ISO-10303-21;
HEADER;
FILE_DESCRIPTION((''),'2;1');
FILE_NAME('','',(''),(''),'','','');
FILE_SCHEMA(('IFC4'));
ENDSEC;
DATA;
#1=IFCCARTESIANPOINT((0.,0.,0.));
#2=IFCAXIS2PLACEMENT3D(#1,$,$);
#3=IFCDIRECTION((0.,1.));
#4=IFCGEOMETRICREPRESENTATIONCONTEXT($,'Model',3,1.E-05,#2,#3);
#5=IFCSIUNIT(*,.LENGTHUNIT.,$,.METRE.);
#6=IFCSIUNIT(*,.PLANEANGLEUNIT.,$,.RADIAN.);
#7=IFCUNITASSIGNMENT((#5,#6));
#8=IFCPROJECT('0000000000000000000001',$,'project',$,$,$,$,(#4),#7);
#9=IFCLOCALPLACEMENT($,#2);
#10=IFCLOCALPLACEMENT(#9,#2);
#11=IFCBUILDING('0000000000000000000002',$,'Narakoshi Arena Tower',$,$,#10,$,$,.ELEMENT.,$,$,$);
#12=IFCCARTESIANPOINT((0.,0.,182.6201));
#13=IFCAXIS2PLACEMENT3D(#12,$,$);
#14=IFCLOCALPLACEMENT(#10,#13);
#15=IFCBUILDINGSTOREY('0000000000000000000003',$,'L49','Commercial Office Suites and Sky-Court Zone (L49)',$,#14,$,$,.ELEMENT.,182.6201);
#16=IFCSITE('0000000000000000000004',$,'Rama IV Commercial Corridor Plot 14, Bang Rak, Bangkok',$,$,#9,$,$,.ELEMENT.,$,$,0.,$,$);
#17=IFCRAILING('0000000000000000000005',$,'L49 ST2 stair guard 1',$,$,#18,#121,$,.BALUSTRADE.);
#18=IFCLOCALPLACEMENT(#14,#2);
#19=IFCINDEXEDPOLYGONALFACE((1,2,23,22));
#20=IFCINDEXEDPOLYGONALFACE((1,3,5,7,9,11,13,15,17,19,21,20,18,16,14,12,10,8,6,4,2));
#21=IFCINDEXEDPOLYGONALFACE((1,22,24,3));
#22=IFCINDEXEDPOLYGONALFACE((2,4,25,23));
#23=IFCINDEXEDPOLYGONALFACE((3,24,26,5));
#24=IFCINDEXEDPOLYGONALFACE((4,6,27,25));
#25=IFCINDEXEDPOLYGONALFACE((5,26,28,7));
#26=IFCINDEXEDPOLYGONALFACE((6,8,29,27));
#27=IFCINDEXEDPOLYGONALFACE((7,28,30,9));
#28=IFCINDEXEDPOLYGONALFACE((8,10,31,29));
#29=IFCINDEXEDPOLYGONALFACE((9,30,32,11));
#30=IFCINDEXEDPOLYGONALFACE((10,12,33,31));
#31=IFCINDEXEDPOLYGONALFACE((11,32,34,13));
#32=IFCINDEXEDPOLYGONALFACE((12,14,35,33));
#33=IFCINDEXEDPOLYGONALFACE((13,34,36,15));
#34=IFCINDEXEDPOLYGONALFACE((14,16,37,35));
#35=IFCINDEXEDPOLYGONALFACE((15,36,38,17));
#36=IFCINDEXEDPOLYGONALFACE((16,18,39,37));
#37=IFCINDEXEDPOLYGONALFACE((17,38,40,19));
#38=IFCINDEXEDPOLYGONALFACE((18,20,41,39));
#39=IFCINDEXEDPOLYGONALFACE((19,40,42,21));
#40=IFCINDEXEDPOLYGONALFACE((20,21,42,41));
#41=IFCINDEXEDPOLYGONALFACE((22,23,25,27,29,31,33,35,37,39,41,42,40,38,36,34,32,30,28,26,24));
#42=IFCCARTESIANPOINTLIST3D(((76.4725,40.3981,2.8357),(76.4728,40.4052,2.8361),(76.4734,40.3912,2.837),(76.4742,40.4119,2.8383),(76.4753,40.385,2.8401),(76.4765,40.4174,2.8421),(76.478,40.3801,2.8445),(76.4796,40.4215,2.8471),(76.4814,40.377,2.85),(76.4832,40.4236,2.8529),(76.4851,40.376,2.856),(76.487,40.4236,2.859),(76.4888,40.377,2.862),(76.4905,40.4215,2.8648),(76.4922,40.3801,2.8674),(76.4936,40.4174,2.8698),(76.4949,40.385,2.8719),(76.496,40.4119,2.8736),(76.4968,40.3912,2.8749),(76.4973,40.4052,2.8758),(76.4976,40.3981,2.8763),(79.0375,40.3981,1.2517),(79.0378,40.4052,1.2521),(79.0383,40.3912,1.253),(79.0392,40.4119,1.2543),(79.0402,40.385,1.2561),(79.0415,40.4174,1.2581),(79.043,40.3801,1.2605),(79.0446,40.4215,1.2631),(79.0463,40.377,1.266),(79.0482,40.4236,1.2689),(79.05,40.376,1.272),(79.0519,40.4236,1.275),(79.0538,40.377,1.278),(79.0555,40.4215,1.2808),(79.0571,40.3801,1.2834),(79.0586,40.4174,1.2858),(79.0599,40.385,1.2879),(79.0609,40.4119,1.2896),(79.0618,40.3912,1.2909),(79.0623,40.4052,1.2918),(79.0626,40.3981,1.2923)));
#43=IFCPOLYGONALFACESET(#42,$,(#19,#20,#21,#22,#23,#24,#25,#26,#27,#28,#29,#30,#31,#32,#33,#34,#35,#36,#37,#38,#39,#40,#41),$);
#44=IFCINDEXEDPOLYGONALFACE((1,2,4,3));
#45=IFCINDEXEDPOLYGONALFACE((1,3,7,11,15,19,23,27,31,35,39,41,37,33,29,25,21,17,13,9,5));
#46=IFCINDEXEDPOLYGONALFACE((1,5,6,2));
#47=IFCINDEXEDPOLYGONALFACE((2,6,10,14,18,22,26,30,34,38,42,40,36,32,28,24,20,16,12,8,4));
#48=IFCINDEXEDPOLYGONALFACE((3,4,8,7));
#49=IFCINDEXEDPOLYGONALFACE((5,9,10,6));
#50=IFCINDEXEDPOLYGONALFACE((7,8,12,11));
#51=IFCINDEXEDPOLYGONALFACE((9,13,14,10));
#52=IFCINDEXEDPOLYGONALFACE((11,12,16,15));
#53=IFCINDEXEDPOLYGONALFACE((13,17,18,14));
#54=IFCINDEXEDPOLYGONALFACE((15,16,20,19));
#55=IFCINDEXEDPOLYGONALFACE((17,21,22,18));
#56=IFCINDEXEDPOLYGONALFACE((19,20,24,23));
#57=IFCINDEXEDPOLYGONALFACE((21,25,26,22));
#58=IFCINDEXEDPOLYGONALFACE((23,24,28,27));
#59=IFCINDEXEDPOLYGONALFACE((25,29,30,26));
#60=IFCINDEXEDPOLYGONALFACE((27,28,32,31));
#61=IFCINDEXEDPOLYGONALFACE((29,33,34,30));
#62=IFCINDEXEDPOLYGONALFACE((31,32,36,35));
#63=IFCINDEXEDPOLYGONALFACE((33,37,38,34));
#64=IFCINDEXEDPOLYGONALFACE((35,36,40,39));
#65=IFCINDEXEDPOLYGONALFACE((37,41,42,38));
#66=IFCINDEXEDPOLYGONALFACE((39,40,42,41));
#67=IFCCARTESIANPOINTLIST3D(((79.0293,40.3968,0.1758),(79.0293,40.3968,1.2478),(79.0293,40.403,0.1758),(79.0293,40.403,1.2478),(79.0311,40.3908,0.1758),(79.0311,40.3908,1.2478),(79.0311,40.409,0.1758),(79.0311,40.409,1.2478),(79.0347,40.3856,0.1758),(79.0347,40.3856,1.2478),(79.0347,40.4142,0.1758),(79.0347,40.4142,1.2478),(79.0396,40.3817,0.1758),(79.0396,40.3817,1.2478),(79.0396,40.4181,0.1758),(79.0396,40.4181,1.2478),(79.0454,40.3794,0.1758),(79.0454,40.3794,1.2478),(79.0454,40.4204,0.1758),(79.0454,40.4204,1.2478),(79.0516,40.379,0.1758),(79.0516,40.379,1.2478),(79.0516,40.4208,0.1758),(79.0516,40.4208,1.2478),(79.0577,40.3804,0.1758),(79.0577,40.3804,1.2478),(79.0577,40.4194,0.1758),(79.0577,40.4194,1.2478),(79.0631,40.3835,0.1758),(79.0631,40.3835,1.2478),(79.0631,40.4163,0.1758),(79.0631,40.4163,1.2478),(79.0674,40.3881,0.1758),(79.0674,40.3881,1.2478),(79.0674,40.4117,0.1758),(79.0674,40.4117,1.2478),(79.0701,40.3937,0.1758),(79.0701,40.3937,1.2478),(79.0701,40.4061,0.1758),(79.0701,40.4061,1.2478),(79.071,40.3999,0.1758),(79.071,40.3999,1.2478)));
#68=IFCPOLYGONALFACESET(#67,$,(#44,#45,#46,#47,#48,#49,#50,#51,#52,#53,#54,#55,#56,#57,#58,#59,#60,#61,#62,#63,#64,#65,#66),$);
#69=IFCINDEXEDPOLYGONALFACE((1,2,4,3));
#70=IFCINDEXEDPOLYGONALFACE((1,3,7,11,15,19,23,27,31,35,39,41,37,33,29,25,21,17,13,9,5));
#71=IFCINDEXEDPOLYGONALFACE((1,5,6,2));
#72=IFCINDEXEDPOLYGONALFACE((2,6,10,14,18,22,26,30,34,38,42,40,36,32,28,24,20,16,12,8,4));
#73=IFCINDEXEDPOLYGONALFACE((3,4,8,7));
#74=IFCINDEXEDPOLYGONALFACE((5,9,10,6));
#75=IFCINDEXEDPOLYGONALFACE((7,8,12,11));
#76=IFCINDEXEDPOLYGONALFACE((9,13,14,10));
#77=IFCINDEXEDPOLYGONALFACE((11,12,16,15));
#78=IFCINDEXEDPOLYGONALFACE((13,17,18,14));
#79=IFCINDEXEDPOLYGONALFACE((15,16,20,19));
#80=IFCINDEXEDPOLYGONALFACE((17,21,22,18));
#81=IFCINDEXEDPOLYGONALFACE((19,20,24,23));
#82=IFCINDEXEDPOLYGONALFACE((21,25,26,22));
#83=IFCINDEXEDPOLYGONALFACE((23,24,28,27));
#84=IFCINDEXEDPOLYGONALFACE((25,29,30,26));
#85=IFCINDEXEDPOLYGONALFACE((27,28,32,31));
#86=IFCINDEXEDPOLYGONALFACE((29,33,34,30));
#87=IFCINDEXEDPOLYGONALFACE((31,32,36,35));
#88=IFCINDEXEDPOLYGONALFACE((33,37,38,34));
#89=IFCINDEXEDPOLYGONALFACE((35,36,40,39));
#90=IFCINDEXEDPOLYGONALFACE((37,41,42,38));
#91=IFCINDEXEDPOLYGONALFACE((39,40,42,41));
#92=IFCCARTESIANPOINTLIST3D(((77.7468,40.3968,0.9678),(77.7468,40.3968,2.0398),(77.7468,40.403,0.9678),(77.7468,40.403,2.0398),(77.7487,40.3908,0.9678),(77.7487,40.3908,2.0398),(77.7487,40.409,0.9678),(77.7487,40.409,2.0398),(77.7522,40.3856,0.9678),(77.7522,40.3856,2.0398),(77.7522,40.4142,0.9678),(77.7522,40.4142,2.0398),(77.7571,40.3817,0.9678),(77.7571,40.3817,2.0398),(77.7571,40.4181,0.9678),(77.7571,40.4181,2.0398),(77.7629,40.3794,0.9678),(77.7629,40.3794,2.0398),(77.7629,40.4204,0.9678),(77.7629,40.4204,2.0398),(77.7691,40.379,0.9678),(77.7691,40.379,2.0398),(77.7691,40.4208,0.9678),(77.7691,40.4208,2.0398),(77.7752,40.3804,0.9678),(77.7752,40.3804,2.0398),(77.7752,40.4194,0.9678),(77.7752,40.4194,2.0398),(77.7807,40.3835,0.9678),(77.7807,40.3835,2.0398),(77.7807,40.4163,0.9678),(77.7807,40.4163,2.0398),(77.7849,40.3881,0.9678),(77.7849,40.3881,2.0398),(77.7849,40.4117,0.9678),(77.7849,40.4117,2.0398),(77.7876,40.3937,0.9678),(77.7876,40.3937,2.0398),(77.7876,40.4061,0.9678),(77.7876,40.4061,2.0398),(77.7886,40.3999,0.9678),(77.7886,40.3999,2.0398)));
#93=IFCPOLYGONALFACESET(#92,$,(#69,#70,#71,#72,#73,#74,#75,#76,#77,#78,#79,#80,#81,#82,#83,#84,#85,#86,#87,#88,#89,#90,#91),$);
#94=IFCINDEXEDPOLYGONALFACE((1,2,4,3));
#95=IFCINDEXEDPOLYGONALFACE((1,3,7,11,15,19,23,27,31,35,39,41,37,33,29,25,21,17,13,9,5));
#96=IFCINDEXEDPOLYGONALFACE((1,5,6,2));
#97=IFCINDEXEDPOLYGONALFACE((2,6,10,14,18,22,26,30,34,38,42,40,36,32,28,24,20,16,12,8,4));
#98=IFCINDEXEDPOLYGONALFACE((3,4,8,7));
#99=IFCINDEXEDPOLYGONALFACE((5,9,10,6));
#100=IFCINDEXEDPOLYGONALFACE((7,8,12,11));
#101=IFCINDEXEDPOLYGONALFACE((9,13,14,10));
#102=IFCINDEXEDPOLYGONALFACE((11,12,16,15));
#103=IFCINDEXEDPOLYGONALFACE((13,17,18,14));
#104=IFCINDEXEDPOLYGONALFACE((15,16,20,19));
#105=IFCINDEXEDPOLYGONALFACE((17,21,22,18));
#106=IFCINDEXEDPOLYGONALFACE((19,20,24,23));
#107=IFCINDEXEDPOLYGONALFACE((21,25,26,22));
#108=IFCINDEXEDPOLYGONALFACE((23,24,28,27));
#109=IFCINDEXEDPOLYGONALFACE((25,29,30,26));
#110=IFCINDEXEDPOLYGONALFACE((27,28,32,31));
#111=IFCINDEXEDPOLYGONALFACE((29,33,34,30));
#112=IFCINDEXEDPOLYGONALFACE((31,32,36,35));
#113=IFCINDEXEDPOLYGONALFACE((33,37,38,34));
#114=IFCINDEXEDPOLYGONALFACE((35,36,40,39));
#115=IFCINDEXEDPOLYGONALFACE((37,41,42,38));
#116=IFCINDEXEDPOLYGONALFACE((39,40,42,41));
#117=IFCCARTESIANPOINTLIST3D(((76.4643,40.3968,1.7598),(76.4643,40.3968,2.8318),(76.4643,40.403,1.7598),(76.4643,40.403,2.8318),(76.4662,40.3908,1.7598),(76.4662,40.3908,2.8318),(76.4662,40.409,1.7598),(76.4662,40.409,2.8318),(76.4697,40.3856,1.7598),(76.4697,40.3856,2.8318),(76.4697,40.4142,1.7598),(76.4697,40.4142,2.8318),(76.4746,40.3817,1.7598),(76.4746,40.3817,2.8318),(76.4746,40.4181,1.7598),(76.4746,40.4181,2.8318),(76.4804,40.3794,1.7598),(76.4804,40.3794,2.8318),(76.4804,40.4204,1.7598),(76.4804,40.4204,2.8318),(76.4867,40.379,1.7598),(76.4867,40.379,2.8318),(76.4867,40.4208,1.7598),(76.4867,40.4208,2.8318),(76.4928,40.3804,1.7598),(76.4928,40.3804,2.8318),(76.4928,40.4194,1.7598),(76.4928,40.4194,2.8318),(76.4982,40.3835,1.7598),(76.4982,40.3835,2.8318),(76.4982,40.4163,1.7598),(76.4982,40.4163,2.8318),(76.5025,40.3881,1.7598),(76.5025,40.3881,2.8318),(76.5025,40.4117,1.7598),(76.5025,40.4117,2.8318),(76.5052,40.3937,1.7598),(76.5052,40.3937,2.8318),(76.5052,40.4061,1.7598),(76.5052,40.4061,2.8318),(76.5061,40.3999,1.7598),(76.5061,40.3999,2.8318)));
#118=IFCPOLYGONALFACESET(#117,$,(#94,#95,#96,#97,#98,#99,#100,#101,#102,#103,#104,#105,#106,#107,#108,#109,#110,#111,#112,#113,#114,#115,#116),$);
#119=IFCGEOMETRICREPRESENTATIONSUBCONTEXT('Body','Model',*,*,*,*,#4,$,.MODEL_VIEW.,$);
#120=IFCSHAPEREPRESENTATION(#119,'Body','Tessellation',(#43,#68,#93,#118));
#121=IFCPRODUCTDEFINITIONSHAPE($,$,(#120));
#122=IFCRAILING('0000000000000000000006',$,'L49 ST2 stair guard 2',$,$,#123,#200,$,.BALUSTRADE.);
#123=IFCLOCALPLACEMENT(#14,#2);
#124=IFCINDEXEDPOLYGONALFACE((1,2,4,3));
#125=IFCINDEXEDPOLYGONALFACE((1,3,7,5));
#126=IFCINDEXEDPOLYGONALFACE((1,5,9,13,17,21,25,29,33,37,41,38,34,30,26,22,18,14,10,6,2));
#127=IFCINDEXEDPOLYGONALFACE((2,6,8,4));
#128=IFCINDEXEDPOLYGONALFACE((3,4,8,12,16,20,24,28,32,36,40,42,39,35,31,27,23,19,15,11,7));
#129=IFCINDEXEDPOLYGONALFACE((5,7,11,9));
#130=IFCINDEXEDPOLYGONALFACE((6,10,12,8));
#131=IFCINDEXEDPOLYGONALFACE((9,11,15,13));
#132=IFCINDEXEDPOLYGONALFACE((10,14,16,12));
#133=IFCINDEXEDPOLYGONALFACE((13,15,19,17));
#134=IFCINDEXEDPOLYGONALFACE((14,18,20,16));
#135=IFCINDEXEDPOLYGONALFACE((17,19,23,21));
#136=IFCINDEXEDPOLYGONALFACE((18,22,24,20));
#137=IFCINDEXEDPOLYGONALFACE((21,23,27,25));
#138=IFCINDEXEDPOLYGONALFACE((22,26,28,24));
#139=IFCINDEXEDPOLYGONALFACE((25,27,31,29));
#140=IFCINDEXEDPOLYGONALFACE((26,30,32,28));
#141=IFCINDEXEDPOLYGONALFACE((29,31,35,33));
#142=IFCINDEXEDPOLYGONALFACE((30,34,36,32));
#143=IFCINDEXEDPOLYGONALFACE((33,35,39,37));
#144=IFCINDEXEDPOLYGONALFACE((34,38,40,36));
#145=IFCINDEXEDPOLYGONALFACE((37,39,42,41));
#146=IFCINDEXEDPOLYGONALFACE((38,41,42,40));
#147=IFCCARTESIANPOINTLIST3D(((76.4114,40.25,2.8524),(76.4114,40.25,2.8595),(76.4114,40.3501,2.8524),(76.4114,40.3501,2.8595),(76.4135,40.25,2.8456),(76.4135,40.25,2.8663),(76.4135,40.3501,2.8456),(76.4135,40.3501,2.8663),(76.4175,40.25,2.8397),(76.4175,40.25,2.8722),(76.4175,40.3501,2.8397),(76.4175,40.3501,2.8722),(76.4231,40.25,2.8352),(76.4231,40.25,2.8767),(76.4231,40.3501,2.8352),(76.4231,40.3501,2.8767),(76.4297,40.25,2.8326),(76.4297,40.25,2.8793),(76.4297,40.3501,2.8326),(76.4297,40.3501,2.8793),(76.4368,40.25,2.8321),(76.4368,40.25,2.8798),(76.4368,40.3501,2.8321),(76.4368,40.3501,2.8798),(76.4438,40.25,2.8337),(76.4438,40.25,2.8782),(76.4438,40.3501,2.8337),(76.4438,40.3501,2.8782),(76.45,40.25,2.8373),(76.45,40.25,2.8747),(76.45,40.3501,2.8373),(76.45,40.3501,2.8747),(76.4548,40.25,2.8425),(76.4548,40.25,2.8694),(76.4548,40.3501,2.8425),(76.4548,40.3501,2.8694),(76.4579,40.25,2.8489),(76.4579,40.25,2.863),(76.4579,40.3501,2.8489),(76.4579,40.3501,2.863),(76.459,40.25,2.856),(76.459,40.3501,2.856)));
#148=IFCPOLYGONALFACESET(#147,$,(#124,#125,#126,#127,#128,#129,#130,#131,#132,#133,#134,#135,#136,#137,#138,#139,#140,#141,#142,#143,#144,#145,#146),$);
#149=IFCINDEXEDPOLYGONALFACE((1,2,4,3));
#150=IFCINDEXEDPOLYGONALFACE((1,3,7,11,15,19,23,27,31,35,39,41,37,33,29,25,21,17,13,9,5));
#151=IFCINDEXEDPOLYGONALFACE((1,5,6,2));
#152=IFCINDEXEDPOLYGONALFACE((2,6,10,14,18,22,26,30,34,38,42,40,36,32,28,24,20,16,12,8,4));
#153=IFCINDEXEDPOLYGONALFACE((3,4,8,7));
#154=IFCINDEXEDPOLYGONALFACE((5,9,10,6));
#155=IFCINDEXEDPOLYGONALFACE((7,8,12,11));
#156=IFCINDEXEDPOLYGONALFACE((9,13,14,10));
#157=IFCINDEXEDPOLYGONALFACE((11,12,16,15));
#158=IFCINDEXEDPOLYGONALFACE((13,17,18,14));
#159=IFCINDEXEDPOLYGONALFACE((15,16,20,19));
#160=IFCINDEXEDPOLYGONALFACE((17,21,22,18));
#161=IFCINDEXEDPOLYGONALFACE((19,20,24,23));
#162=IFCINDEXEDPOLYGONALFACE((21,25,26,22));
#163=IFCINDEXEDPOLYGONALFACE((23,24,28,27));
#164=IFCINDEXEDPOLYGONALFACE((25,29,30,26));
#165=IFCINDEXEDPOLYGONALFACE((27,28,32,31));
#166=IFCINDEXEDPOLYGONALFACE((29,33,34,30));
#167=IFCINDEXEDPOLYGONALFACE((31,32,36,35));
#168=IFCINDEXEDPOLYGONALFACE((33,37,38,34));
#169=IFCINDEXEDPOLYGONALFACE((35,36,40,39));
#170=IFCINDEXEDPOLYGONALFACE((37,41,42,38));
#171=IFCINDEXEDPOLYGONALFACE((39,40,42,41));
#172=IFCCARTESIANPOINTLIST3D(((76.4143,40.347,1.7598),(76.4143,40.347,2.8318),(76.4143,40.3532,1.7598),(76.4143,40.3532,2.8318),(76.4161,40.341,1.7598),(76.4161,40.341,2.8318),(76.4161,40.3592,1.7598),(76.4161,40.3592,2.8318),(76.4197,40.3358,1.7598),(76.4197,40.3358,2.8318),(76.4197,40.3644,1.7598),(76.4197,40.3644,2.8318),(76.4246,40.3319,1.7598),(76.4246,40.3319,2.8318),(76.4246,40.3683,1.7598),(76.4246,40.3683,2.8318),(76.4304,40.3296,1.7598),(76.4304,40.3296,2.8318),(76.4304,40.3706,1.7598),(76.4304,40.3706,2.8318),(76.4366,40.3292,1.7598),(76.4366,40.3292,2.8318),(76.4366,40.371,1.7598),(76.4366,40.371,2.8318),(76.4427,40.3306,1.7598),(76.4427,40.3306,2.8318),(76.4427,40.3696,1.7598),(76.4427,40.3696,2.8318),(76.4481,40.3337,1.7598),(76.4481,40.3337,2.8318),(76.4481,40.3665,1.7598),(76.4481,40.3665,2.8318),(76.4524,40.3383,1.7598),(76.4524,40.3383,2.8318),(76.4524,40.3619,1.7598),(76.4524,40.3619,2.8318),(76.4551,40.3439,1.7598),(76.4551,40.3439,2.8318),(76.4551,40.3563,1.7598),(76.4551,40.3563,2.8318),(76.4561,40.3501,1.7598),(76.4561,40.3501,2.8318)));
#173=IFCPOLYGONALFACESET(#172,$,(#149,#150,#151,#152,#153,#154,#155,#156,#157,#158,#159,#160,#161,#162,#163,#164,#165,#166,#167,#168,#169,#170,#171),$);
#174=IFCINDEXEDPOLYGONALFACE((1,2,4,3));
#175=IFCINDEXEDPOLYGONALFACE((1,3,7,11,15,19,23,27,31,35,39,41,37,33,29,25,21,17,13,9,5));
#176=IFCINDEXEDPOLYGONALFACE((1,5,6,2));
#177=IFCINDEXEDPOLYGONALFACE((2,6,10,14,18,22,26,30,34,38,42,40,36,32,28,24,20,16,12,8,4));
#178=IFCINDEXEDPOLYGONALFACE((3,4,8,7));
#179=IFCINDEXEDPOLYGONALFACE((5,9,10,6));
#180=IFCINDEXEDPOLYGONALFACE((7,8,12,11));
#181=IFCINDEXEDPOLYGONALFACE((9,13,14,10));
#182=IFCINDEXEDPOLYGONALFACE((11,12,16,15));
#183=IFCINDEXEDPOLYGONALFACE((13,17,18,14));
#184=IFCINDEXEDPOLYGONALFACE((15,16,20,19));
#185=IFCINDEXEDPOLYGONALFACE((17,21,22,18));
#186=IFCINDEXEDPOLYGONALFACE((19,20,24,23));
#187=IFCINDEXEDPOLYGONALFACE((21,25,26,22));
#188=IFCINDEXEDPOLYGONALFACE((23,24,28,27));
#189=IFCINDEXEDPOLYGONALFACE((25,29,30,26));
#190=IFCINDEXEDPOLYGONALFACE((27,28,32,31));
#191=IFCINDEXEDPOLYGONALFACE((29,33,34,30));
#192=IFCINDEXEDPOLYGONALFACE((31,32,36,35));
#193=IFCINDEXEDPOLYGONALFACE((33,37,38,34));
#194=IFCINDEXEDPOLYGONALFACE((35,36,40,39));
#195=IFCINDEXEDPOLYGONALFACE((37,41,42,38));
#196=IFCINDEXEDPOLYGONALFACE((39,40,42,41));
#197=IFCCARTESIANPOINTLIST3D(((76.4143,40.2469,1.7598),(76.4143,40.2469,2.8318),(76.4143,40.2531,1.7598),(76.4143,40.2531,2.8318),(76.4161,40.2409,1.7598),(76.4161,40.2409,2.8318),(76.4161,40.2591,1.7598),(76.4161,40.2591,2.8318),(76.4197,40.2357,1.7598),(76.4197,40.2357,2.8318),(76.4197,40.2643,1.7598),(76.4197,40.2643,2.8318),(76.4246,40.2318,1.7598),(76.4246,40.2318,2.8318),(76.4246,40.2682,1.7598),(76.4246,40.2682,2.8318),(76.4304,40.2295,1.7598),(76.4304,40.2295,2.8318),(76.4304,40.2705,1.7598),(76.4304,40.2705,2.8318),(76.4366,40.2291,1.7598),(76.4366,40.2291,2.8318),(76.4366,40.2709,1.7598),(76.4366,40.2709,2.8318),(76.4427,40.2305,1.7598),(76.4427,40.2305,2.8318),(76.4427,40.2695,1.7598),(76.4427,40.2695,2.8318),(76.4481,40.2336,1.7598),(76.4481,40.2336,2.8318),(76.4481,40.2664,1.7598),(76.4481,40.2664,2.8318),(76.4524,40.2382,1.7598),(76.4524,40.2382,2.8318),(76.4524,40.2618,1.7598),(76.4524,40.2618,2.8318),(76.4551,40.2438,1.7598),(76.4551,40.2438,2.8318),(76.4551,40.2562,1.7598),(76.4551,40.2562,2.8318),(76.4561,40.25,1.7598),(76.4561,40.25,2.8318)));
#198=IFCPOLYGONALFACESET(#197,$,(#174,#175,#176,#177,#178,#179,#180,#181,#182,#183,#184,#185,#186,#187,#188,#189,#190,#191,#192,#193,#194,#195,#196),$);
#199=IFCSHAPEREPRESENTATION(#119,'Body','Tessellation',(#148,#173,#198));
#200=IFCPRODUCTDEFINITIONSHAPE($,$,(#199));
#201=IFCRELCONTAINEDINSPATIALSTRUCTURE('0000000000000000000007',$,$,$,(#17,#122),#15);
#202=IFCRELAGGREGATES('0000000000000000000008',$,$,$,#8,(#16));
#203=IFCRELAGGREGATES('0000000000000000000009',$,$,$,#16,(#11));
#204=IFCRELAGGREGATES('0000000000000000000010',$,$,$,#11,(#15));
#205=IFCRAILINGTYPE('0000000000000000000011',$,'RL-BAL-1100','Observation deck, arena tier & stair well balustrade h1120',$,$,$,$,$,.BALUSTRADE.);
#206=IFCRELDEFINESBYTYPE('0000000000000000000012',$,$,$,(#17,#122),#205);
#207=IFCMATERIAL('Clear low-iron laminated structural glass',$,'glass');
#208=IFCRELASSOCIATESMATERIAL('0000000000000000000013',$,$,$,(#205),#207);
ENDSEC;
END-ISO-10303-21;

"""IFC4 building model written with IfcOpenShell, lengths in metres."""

from ifc_helpers import new_model, si_unit, direction, frame, origin, origin_2d, place, context, subcontext, project, spatial, circle, extrude, material, type_object, element, save


model = new_model("IFC4")

# Units and contexts
model_context = context("Model", 3, precision=1e-05, world=origin(), true_north=direction((0.0, 1.0)))
body_context = subcontext(model_context, "Body", "Model", "MODEL_VIEW")
ifc_project = project(units=[si_unit("LENGTHUNIT", "METRE"), si_unit("PLANEANGLEUNIT", "RADIAN")], contexts=[model_context])

# Site, building, storey
site_placement = place(None, origin())
site = spatial("IfcSite", under=ifc_project, at=site_placement, Name="Rama IV Commercial Corridor Plot 14, Bang Rak, Bangkok", CompositionType="ELEMENT", RefElevation=0.0)
building_placement = place(site_placement, origin())
building = spatial("IfcBuilding", under=site, at=building_placement, Name="Narakoshi Arena Tower", CompositionType="ELEMENT")
storey_placement = place(building_placement, frame((0.0, 0.0, 182.6201)))
storey = spatial("IfcBuildingStorey", under=building, at=storey_placement, Name="L49", Description="Commercial Office Suites and Sky-Court Zone (L49)", CompositionType="ELEMENT", Elevation=182.6201)

# Railings
ifc_material_1 = material(Name="Clear low-iron laminated structural glass", Category="glass")
railing_type_1 = type_object("IfcRailingType", Name="RL-BAL-1100", Description="Observation deck, arena tier & stair well balustrade h1120", PredefinedType="BALUSTRADE", material=ifc_material_1)
railing_1_placement = place(storey_placement, frame((79.05, 40.3999, 0.1758)))
element("IfcRailing", 1, at=railing_1_placement, inside=storey, type_object=railing_type_1, Name="L49 ST2 stair guard 1", PredefinedType="BALUSTRADE", context=body_context, shape_type="SweptSolid", body=[
    extrude(circle(Radius=0.0239, at=origin_2d()), frame((0.0, 0.0, 1.0962), z_axis=(-0.850834, 0.0, 0.525434), x_axis=(0.0, -1.0, 0.0)), (0.0, 0.0, 1.0), 3.0146),
    extrude(circle(Radius=0.021, at=origin_2d()), origin(), (0.0, 0.0, 1.0), 1.072),
    extrude(circle(Radius=0.021, at=origin_2d()), frame((-1.2825, 0.0, 0.792)), (0.0, 0.0, 1.0), 1.072),
    extrude(circle(Radius=0.021, at=origin_2d()), frame((-2.5649, 0.0, 1.584)), (0.0, 0.0, 1.0), 1.072),
])
railing_2_placement = place(storey_placement, frame((76.4351, 40.3501, 1.7598)))
element("IfcRailing", 2, at=railing_2_placement, inside=storey, type_object=railing_type_1, Name="L49 ST2 stair guard 2", PredefinedType="BALUSTRADE", context=body_context, shape_type="SweptSolid", body=[
    extrude(circle(Radius=0.0239, at=origin_2d()), frame((0.0, 0.0, 1.0962), z_axis=(0.0, -1.0, 0.0), x_axis=(1.0, 0.0, 0.0)), (0.0, 0.0, 1.0), 0.1001),
    extrude(circle(Radius=0.021, at=origin_2d()), origin(), (0.0, 0.0, 1.0), 1.072),
    extrude(circle(Radius=0.021, at=origin_2d()), frame((0.0, -0.1001, 0.0)), (0.0, 0.0, 1.0), 1.072),
])

save(model, "model.ifc")
